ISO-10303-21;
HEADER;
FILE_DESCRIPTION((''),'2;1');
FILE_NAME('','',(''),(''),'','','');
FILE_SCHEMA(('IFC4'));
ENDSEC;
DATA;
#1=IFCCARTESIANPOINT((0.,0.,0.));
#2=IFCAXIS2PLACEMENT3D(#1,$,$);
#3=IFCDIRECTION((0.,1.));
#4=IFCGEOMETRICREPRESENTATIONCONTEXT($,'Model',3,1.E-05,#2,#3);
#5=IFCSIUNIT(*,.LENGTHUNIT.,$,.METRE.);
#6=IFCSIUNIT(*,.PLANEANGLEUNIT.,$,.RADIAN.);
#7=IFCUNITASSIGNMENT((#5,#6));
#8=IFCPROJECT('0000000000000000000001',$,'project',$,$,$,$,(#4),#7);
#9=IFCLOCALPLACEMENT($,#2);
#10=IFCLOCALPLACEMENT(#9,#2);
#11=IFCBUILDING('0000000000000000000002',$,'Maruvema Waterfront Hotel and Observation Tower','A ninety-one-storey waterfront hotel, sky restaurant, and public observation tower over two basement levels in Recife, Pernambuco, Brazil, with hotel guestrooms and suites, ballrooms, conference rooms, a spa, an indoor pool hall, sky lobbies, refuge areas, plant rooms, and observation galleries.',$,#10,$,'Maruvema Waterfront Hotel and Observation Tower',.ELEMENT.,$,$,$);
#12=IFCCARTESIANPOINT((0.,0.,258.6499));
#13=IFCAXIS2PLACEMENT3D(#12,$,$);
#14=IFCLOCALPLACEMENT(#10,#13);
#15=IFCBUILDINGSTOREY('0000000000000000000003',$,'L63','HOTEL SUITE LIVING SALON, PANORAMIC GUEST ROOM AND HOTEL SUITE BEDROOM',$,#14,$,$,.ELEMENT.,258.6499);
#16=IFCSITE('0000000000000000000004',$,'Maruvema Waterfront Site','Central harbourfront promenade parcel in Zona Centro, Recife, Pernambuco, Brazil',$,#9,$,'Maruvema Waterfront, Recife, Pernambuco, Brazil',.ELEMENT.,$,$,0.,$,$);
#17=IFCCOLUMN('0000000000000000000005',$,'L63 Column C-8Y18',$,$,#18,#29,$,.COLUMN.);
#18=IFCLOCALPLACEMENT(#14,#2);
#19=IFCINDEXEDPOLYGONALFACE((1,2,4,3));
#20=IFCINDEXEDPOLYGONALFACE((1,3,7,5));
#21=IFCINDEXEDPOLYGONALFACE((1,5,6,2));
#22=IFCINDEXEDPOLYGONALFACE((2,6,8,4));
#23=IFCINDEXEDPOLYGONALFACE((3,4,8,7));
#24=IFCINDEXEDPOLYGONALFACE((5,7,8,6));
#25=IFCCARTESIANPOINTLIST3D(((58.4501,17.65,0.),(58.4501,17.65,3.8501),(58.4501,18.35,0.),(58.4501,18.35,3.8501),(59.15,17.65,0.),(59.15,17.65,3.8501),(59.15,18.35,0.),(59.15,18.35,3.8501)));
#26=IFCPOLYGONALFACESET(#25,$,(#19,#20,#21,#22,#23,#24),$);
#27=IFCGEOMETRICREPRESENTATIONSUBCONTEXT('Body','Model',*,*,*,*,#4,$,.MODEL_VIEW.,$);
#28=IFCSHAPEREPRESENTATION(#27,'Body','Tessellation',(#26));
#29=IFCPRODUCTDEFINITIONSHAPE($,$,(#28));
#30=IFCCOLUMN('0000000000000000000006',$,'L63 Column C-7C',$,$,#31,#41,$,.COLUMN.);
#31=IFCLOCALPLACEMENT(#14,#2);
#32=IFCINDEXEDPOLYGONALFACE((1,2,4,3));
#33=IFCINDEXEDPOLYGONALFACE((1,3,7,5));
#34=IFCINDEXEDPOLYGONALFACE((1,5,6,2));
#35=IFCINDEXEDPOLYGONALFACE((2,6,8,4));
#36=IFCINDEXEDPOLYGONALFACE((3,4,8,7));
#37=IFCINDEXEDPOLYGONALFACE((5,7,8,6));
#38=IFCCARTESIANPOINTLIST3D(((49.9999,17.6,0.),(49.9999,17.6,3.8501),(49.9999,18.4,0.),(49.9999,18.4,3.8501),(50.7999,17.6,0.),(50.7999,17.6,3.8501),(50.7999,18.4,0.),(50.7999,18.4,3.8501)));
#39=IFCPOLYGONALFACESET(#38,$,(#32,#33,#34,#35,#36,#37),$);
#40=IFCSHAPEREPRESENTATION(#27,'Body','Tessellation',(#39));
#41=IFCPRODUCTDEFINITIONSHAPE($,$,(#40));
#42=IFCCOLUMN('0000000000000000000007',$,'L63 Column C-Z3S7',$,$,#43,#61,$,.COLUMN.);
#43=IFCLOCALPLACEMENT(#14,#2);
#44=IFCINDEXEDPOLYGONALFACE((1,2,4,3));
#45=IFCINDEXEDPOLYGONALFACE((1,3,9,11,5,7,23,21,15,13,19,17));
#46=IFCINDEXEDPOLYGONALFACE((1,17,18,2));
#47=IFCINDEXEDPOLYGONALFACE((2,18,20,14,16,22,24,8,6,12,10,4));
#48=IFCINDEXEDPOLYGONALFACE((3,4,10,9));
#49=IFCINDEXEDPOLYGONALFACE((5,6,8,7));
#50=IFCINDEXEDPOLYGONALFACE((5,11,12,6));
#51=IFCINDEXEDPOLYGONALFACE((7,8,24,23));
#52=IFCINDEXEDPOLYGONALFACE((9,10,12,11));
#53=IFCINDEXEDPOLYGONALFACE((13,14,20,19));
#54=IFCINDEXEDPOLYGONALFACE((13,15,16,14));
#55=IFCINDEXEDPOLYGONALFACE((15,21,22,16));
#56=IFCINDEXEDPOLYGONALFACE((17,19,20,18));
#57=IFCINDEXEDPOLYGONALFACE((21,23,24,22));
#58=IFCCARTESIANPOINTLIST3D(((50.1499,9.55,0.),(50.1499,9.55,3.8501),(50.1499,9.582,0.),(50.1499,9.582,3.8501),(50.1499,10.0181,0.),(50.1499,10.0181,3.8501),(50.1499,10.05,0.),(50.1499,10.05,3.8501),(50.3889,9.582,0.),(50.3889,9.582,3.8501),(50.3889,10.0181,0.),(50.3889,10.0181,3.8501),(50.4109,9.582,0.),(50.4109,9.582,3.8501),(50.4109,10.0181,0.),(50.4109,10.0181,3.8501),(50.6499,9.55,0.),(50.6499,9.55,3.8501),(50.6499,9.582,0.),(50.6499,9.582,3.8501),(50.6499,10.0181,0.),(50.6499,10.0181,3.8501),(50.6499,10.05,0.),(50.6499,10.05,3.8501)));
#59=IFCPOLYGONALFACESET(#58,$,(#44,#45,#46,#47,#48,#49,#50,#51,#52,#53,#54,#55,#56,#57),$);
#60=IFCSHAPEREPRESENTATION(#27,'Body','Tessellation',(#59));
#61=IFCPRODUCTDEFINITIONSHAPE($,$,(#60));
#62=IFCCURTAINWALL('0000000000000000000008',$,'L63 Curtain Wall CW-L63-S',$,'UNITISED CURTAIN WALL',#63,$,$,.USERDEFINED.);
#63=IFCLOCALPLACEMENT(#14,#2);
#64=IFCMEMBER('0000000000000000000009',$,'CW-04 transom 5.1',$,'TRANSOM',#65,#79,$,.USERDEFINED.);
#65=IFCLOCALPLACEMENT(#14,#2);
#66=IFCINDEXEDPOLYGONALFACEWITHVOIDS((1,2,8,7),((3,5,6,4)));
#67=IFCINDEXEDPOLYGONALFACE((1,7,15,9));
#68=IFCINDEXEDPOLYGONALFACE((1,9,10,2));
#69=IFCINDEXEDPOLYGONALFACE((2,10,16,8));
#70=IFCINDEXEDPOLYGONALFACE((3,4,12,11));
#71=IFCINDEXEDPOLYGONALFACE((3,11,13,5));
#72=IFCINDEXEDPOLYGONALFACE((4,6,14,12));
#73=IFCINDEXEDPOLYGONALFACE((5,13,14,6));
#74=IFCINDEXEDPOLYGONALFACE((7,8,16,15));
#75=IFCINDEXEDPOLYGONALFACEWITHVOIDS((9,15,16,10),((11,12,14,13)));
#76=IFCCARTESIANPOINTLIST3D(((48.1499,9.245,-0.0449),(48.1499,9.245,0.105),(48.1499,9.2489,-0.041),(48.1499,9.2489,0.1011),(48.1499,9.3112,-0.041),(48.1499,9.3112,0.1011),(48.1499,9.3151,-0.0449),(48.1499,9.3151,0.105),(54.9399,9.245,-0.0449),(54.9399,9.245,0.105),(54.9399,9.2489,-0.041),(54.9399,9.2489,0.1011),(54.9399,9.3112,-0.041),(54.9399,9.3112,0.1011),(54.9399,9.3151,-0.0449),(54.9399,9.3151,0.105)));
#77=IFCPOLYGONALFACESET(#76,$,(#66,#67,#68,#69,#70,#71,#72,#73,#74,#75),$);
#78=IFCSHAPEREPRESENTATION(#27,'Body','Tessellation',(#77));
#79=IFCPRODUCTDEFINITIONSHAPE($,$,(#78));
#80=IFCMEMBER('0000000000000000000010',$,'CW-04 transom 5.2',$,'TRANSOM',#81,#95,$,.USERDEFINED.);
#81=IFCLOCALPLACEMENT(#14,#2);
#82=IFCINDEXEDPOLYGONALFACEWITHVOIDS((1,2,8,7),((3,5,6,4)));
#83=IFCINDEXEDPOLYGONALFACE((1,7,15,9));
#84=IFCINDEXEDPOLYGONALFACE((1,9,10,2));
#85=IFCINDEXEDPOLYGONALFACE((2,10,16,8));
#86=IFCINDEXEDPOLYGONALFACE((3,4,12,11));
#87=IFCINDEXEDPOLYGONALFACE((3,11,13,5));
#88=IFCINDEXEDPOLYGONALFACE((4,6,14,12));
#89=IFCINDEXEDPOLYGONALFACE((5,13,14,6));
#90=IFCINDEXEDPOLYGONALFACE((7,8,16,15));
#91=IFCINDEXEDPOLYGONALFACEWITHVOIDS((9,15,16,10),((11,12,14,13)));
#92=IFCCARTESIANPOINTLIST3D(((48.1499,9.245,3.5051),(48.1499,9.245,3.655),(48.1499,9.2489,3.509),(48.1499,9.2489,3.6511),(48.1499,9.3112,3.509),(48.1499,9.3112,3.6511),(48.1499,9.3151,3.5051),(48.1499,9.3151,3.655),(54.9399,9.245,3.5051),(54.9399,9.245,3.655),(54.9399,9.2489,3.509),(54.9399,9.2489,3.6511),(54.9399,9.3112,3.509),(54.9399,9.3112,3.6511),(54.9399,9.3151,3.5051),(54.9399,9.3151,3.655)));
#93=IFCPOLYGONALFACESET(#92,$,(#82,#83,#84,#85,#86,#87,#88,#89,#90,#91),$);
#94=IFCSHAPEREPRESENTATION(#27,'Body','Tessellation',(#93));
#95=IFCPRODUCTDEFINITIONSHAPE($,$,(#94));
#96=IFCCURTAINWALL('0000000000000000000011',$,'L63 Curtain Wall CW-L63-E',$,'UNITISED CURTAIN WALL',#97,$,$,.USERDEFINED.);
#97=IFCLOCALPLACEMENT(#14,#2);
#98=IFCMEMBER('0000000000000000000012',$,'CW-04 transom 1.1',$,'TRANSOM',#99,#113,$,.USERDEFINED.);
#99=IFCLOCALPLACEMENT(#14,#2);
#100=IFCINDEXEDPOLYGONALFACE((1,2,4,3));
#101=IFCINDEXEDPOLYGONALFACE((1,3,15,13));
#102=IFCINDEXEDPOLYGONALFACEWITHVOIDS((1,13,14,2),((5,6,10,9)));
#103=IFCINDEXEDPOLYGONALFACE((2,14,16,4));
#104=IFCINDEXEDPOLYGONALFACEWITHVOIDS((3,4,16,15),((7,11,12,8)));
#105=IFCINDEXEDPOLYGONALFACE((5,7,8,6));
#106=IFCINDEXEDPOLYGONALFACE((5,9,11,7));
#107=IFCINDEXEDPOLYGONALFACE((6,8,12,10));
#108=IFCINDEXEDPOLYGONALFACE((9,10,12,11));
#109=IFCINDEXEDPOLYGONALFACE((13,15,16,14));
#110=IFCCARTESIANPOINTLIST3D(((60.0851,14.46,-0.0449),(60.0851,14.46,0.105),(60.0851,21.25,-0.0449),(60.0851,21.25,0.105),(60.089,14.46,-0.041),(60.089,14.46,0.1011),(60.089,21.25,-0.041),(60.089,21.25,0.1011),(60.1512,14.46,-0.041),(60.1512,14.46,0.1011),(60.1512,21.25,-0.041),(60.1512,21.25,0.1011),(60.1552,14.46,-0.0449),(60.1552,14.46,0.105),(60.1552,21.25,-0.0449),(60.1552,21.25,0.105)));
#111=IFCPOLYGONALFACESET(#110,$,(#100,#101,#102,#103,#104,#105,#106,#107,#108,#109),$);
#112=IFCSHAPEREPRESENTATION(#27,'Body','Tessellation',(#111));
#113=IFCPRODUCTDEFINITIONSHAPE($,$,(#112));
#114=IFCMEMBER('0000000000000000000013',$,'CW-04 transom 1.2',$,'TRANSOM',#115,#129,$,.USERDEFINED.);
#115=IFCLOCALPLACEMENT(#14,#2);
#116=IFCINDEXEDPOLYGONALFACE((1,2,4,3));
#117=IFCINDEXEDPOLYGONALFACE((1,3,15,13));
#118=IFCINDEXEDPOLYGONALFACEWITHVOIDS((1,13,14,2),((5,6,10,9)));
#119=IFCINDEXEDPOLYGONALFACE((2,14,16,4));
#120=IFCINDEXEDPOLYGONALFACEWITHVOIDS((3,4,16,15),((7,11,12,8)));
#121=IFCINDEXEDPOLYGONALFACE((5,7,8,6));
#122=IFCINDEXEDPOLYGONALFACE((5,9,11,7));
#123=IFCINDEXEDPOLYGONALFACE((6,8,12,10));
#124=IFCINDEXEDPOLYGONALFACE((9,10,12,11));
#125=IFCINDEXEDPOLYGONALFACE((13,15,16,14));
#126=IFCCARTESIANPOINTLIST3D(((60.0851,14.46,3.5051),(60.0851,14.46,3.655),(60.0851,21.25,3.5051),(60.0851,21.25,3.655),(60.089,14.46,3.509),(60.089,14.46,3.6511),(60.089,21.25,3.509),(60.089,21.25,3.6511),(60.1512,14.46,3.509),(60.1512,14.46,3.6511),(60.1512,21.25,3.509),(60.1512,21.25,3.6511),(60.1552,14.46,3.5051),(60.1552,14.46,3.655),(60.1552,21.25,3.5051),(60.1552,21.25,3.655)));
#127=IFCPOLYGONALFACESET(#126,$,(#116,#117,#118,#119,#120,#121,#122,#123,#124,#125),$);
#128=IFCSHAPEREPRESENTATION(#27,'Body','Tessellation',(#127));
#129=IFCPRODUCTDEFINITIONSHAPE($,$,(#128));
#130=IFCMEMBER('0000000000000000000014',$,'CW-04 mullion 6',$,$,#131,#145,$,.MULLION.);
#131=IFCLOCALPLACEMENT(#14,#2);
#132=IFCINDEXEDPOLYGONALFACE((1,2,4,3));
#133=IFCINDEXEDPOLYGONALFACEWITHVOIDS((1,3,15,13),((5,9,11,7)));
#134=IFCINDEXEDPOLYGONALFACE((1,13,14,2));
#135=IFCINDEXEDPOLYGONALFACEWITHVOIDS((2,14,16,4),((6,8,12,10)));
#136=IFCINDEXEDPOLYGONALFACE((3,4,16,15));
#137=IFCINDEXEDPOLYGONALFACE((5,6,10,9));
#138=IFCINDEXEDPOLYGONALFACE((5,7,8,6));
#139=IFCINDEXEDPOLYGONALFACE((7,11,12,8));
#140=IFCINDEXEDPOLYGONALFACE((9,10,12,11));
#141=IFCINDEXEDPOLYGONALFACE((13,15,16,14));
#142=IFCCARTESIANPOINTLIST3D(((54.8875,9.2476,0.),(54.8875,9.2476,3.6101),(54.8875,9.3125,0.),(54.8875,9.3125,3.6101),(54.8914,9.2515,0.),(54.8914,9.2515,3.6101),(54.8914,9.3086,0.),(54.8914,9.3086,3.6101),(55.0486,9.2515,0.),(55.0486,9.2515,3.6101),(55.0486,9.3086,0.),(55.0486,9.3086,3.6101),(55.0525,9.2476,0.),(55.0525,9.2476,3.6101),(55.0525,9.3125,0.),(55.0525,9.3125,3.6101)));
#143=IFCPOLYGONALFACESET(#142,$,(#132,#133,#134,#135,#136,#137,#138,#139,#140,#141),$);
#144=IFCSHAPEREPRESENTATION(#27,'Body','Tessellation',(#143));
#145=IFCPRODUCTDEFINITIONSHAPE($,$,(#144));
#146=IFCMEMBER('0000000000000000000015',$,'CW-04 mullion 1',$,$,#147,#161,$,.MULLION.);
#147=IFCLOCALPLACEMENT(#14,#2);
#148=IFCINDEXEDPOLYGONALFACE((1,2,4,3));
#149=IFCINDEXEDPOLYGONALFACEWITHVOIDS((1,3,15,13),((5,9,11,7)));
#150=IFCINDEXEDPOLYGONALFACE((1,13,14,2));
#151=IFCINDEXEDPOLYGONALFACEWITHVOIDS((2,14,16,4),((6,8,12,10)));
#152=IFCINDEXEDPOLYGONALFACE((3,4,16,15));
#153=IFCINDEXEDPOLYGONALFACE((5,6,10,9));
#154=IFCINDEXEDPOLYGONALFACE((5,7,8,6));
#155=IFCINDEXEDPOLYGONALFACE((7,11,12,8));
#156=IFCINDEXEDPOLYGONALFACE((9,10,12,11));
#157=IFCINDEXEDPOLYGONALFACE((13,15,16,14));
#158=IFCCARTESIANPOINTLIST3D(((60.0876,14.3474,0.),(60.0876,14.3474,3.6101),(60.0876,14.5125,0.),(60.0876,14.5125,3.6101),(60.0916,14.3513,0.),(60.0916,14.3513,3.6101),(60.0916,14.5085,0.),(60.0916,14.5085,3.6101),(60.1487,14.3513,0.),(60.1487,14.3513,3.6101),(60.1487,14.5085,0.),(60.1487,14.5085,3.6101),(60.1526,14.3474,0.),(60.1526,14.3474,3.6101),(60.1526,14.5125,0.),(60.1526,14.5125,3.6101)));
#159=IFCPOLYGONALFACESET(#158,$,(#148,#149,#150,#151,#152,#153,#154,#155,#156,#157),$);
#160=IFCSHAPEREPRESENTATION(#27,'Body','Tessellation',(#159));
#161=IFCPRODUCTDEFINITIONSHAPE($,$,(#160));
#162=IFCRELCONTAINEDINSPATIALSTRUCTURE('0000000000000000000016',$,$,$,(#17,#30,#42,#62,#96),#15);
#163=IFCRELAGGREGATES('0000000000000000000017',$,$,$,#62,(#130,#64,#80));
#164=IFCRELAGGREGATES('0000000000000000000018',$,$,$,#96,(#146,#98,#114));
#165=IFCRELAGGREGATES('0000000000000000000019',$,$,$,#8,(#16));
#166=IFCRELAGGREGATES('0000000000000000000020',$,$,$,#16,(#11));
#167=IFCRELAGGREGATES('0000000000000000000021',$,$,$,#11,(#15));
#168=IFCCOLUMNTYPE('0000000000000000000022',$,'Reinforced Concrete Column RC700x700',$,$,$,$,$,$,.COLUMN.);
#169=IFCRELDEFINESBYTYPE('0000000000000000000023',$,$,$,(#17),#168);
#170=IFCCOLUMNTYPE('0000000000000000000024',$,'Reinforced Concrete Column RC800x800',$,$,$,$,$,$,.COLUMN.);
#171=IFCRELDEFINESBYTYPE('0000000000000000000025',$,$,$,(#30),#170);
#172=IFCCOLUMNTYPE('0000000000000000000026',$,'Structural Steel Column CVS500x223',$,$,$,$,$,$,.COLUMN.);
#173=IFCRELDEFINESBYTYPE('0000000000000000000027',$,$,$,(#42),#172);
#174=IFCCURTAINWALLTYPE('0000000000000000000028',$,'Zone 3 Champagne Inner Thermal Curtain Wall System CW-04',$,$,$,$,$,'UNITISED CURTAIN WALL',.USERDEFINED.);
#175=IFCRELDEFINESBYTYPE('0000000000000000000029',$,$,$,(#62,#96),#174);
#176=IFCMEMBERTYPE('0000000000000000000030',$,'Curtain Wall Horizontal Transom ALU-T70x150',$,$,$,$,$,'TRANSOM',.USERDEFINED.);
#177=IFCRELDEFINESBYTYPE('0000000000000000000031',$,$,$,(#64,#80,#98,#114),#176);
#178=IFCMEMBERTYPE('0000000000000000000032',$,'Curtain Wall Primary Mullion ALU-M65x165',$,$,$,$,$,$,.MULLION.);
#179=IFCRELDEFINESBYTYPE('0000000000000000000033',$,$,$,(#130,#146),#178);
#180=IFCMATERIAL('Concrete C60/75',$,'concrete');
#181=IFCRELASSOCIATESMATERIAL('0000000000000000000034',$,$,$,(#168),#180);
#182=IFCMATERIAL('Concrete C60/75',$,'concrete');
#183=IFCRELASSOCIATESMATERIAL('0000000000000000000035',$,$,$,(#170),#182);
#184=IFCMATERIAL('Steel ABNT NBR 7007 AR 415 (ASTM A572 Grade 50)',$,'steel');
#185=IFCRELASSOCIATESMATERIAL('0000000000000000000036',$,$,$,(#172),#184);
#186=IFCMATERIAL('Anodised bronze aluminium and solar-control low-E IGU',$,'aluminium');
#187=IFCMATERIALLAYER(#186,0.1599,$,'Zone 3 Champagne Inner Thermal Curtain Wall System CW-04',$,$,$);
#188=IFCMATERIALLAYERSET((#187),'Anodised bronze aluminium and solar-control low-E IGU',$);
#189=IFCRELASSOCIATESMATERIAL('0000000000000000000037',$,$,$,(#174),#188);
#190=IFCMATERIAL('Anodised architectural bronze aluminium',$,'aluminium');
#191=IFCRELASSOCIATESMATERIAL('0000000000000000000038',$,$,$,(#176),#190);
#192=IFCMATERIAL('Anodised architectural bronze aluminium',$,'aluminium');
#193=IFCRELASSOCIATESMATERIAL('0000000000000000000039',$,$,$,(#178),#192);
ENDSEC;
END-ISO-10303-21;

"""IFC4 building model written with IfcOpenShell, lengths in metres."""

from ifc_helpers import new_model, si_unit, direction, frame, origin, origin_2d, place, context, subcontext, project, spatial, rectangle, hollow_rectangle, i_section, extrude, material, layer, layer_set, material_profile, profile_set, type_object, element, aggregate, save


model = new_model("IFC4")

# Units and contexts
model_context = context("Model", 3, precision=1e-05, world=origin(), true_north=direction((0.0, 1.0)))
body_context = subcontext(model_context, "Body", "Model", "MODEL_VIEW")
ifc_project = project(units=[si_unit("LENGTHUNIT", "METRE"), si_unit("PLANEANGLEUNIT", "RADIAN")], contexts=[model_context])

# Site, building, storey
site_placement = place(None, origin())
site = spatial("IfcSite", under=ifc_project, at=site_placement, Name="Maruvema Waterfront Site", Description="Central harbourfront promenade parcel in Zona Centro, Recife, Pernambuco, Brazil", LongName="Maruvema Waterfront, Recife, Pernambuco, Brazil", CompositionType="ELEMENT", RefElevation=0.0)
building_placement = place(site_placement, origin())
building = spatial("IfcBuilding", under=site, at=building_placement, Name="Maruvema Waterfront Hotel and Observation Tower", Description="A ninety-one-storey waterfront hotel, sky restaurant, and public observation tower over two basement levels in Recife, Pernambuco, Brazil, with hotel guestrooms and suites, ballrooms, conference rooms, a spa, an indoor pool hall, sky lobbies, refuge areas, plant rooms, and observation galleries.", LongName="Maruvema Waterfront Hotel and Observation Tower", CompositionType="ELEMENT")
storey_placement = place(building_placement, frame((0.0, 0.0, 258.6499)))
storey = spatial("IfcBuildingStorey", under=building, at=storey_placement, Name="L63", Description="HOTEL SUITE LIVING SALON, PANORAMIC GUEST ROOM AND HOTEL SUITE BEDROOM", CompositionType="ELEMENT", Elevation=258.6499)

# Columns
ifc_material_1 = material(Name="Concrete C60/75", Category="concrete")
ifc_material_profile_1 = material_profile(ifc_material_1, rectangle(XDim=0.7, YDim=0.7, at=origin_2d()), Name="RC700x700")
ifc_profile_set_1 = profile_set([ifc_material_profile_1], Name="Concrete C60/75")
column_type_1 = type_object("IfcColumnType", Name="Reinforced Concrete Column RC700x700", PredefinedType="COLUMN", material=ifc_profile_set_1)
column_1_placement = place(storey_placement, frame((58.8, 18.0, 0.0), z_axis=(0.0, 0.0, 1.0), x_axis=(1.0, 0.0, 0.0)))
element("IfcColumn", 1, at=column_1_placement, inside=storey, type_object=column_type_1, Name="L63 Column C-8Y18", PredefinedType="COLUMN", context=body_context, shape_type="SweptSolid", body=[
    extrude(rectangle(XDim=0.7, YDim=0.7, at=origin_2d()), origin(), (0.0, 0.0, 1.0), 3.8501),
])
ifc_material_2 = material(Name="Concrete C60/75", Category="concrete")
ifc_material_profile_2 = material_profile(ifc_material_2, rectangle(XDim=0.8, YDim=0.8, at=origin_2d()), Name="RC800x800")
ifc_profile_set_2 = profile_set([ifc_material_profile_2], Name="Concrete C60/75")
column_type_2 = type_object("IfcColumnType", Name="Reinforced Concrete Column RC800x800", PredefinedType="COLUMN", material=ifc_profile_set_2)
column_2_placement = place(storey_placement, frame((50.3999, 18.0, 0.0), z_axis=(0.0, 0.0, 1.0), x_axis=(1.0, 0.0, 0.0)))
element("IfcColumn", 2, at=column_2_placement, inside=storey, type_object=column_type_2, Name="L63 Column C-7C", PredefinedType="COLUMN", context=body_context, shape_type="SweptSolid", body=[
    extrude(rectangle(XDim=0.8, YDim=0.8, at=origin_2d()), origin(), (0.0, 0.0, 1.0), 3.8501),
])
ifc_material_3 = material(Name="Steel ABNT NBR 7007 AR 415 (ASTM A572 Grade 50)", Category="steel")
ifc_material_profile_3 = material_profile(ifc_material_3, i_section(OverallWidth=0.5, OverallDepth=0.5, WebThickness=0.022, FlangeThickness=0.032, at=origin_2d()), Name="CVS500x223")
ifc_profile_set_3 = profile_set([ifc_material_profile_3], Name="Steel ABNT NBR 7007 AR 415 (ASTM A572 Grade 50)")
column_type_3 = type_object("IfcColumnType", Name="Structural Steel Column CVS500x223", PredefinedType="COLUMN", material=ifc_profile_set_3)
column_3_placement = place(storey_placement, frame((50.3999, 9.8, 0.0), z_axis=(0.0, 0.0, 1.0), x_axis=(1.0, 0.0, 0.0)))
element("IfcColumn", 3, at=column_3_placement, inside=storey, type_object=column_type_3, Name="L63 Column C-Z3S7", PredefinedType="COLUMN", context=body_context, shape_type="SweptSolid", body=[
    extrude(i_section(OverallWidth=0.5, OverallDepth=0.5, WebThickness=0.022, FlangeThickness=0.032, at=origin_2d()), origin(), (0.0, 0.0, 1.0), 3.8501),
])

# Curtain walls, members
ifc_material_4 = material(Name="Anodised bronze aluminium and solar-control low-E IGU", Category="aluminium")
ifc_layer_1 = layer(ifc_material_4, 0.1599, Name="Zone 3 Champagne Inner Thermal Curtain Wall System CW-04")
ifc_layer_set_1 = layer_set([ifc_layer_1], Name="Anodised bronze aluminium and solar-control low-E IGU")
curtain_wall_type = type_object("IfcCurtainWallType", Name="Zone 3 Champagne Inner Thermal Curtain Wall System CW-04", ElementType="UNITISED CURTAIN WALL", PredefinedType="USERDEFINED", material=ifc_layer_set_1)
curtain_wall_1_placement = place(storey_placement, origin())
curtain_wall_1 = element("IfcCurtainWall", 4, at=curtain_wall_1_placement, inside=storey, type_object=curtain_wall_type, Name="L63 Curtain Wall CW-L63-S", ObjectType="UNITISED CURTAIN WALL", PredefinedType="USERDEFINED")
ifc_material_5 = material(Name="Anodised architectural bronze aluminium", Category="aluminium")
ifc_material_profile_4 = material_profile(ifc_material_5, hollow_rectangle(XDim=0.0701, YDim=0.1499, WallThickness=0.0039, at=origin_2d()), Name="ALU-T70x150")
ifc_profile_set_4 = profile_set([ifc_material_profile_4], Name="Anodised architectural bronze aluminium")
member_type_1 = type_object("IfcMemberType", Name="Curtain Wall Horizontal Transom ALU-T70x150", ElementType="TRANSOM", PredefinedType="USERDEFINED", material=ifc_profile_set_4)
member_1_placement = place(storey_placement, frame((48.1499, 9.28, 0.03), z_axis=(1.0, 0.0, 0.0), x_axis=(0.0, 1.0, 0.0)))
member_1 = element("IfcMember", 5, at=member_1_placement, type_object=member_type_1, Name="CW-04 transom 5.1", ObjectType="TRANSOM", PredefinedType="USERDEFINED", context=body_context, shape_type="SweptSolid", body=[
    extrude(hollow_rectangle(XDim=0.0701, YDim=0.1499, WallThickness=0.0039, at=origin_2d()), origin(), (0.0, 0.0, 1.0), 6.79),
])
member_2_placement = place(storey_placement, frame((48.1499, 9.28, 3.5801), z_axis=(1.0, 0.0, 0.0), x_axis=(0.0, 1.0, 0.0)))
member_2 = element("IfcMember", 6, at=member_2_placement, type_object=member_type_1, Name="CW-04 transom 5.2", ObjectType="TRANSOM", PredefinedType="USERDEFINED", context=body_context, shape_type="SweptSolid", body=[
    extrude(hollow_rectangle(XDim=0.0701, YDim=0.1499, WallThickness=0.0039, at=origin_2d()), origin(), (0.0, 0.0, 1.0), 6.79),
])
curtain_wall_2_placement = place(storey_placement, origin())
curtain_wall_2 = element("IfcCurtainWall", 7, at=curtain_wall_2_placement, inside=storey, type_object=curtain_wall_type, Name="L63 Curtain Wall CW-L63-E", ObjectType="UNITISED CURTAIN WALL", PredefinedType="USERDEFINED")
member_3_placement = place(storey_placement, frame((60.1201, 14.46, 0.03), z_axis=(0.0, 1.0, 0.0), x_axis=(-1.0, 0.0, 0.0)))
member_3 = element("IfcMember", 8, at=member_3_placement, type_object=member_type_1, Name="CW-04 transom 1.1", ObjectType="TRANSOM", PredefinedType="USERDEFINED", context=body_context, shape_type="SweptSolid", body=[
    extrude(hollow_rectangle(XDim=0.0701, YDim=0.1499, WallThickness=0.0039, at=origin_2d()), origin(), (0.0, 0.0, 1.0), 6.79),
])
member_4_placement = place(storey_placement, frame((60.1201, 14.46, 3.5801), z_axis=(0.0, 1.0, 0.0), x_axis=(-1.0, 0.0, 0.0)))
member_4 = element("IfcMember", 9, at=member_4_placement, type_object=member_type_1, Name="CW-04 transom 1.2", ObjectType="TRANSOM", PredefinedType="USERDEFINED", context=body_context, shape_type="SweptSolid", body=[
    extrude(hollow_rectangle(XDim=0.0701, YDim=0.1499, WallThickness=0.0039, at=origin_2d()), origin(), (0.0, 0.0, 1.0), 6.79),
])

# Members
ifc_material_6 = material(Name="Anodised architectural bronze aluminium", Category="aluminium")
ifc_material_profile_5 = material_profile(ifc_material_6, hollow_rectangle(XDim=0.0649, YDim=0.165, WallThickness=0.0039, at=origin_2d()), Name="ALU-M65x165")
ifc_profile_set_5 = profile_set([ifc_material_profile_5], Name="Anodised architectural bronze aluminium")
member_type_2 = type_object("IfcMemberType", Name="Curtain Wall Primary Mullion ALU-M65x165", PredefinedType="MULLION", material=ifc_profile_set_5)
member_5_placement = place(storey_placement, frame((54.97, 9.28, 0.0), z_axis=(0.0, 0.0, 1.0), x_axis=(0.0, 1.0, 0.0)))
member_5 = element("IfcMember", 10, at=member_5_placement, type_object=member_type_2, Name="CW-04 mullion 6", PredefinedType="MULLION", context=body_context, shape_type="SweptSolid", body=[
    extrude(hollow_rectangle(XDim=0.0649, YDim=0.165, WallThickness=0.0039, at=origin_2d()), origin(), (0.0, 0.0, 1.0), 3.6101),
])
member_6_placement = place(storey_placement, frame((60.1201, 14.4299, 0.0), z_axis=(0.0, 0.0, 1.0), x_axis=(-1.0, 0.0, 0.0)))
member_6 = element("IfcMember", 11, at=member_6_placement, type_object=member_type_2, Name="CW-04 mullion 1", PredefinedType="MULLION", context=body_context, shape_type="SweptSolid", body=[
    extrude(hollow_rectangle(XDim=0.0649, YDim=0.165, WallThickness=0.0039, at=origin_2d()), origin(), (0.0, 0.0, 1.0), 3.6101),
])

aggregate(curtain_wall_1, [member_5, member_1, member_2])
aggregate(curtain_wall_2, [member_6, member_3, member_4])

save(model, "model.ifc")
